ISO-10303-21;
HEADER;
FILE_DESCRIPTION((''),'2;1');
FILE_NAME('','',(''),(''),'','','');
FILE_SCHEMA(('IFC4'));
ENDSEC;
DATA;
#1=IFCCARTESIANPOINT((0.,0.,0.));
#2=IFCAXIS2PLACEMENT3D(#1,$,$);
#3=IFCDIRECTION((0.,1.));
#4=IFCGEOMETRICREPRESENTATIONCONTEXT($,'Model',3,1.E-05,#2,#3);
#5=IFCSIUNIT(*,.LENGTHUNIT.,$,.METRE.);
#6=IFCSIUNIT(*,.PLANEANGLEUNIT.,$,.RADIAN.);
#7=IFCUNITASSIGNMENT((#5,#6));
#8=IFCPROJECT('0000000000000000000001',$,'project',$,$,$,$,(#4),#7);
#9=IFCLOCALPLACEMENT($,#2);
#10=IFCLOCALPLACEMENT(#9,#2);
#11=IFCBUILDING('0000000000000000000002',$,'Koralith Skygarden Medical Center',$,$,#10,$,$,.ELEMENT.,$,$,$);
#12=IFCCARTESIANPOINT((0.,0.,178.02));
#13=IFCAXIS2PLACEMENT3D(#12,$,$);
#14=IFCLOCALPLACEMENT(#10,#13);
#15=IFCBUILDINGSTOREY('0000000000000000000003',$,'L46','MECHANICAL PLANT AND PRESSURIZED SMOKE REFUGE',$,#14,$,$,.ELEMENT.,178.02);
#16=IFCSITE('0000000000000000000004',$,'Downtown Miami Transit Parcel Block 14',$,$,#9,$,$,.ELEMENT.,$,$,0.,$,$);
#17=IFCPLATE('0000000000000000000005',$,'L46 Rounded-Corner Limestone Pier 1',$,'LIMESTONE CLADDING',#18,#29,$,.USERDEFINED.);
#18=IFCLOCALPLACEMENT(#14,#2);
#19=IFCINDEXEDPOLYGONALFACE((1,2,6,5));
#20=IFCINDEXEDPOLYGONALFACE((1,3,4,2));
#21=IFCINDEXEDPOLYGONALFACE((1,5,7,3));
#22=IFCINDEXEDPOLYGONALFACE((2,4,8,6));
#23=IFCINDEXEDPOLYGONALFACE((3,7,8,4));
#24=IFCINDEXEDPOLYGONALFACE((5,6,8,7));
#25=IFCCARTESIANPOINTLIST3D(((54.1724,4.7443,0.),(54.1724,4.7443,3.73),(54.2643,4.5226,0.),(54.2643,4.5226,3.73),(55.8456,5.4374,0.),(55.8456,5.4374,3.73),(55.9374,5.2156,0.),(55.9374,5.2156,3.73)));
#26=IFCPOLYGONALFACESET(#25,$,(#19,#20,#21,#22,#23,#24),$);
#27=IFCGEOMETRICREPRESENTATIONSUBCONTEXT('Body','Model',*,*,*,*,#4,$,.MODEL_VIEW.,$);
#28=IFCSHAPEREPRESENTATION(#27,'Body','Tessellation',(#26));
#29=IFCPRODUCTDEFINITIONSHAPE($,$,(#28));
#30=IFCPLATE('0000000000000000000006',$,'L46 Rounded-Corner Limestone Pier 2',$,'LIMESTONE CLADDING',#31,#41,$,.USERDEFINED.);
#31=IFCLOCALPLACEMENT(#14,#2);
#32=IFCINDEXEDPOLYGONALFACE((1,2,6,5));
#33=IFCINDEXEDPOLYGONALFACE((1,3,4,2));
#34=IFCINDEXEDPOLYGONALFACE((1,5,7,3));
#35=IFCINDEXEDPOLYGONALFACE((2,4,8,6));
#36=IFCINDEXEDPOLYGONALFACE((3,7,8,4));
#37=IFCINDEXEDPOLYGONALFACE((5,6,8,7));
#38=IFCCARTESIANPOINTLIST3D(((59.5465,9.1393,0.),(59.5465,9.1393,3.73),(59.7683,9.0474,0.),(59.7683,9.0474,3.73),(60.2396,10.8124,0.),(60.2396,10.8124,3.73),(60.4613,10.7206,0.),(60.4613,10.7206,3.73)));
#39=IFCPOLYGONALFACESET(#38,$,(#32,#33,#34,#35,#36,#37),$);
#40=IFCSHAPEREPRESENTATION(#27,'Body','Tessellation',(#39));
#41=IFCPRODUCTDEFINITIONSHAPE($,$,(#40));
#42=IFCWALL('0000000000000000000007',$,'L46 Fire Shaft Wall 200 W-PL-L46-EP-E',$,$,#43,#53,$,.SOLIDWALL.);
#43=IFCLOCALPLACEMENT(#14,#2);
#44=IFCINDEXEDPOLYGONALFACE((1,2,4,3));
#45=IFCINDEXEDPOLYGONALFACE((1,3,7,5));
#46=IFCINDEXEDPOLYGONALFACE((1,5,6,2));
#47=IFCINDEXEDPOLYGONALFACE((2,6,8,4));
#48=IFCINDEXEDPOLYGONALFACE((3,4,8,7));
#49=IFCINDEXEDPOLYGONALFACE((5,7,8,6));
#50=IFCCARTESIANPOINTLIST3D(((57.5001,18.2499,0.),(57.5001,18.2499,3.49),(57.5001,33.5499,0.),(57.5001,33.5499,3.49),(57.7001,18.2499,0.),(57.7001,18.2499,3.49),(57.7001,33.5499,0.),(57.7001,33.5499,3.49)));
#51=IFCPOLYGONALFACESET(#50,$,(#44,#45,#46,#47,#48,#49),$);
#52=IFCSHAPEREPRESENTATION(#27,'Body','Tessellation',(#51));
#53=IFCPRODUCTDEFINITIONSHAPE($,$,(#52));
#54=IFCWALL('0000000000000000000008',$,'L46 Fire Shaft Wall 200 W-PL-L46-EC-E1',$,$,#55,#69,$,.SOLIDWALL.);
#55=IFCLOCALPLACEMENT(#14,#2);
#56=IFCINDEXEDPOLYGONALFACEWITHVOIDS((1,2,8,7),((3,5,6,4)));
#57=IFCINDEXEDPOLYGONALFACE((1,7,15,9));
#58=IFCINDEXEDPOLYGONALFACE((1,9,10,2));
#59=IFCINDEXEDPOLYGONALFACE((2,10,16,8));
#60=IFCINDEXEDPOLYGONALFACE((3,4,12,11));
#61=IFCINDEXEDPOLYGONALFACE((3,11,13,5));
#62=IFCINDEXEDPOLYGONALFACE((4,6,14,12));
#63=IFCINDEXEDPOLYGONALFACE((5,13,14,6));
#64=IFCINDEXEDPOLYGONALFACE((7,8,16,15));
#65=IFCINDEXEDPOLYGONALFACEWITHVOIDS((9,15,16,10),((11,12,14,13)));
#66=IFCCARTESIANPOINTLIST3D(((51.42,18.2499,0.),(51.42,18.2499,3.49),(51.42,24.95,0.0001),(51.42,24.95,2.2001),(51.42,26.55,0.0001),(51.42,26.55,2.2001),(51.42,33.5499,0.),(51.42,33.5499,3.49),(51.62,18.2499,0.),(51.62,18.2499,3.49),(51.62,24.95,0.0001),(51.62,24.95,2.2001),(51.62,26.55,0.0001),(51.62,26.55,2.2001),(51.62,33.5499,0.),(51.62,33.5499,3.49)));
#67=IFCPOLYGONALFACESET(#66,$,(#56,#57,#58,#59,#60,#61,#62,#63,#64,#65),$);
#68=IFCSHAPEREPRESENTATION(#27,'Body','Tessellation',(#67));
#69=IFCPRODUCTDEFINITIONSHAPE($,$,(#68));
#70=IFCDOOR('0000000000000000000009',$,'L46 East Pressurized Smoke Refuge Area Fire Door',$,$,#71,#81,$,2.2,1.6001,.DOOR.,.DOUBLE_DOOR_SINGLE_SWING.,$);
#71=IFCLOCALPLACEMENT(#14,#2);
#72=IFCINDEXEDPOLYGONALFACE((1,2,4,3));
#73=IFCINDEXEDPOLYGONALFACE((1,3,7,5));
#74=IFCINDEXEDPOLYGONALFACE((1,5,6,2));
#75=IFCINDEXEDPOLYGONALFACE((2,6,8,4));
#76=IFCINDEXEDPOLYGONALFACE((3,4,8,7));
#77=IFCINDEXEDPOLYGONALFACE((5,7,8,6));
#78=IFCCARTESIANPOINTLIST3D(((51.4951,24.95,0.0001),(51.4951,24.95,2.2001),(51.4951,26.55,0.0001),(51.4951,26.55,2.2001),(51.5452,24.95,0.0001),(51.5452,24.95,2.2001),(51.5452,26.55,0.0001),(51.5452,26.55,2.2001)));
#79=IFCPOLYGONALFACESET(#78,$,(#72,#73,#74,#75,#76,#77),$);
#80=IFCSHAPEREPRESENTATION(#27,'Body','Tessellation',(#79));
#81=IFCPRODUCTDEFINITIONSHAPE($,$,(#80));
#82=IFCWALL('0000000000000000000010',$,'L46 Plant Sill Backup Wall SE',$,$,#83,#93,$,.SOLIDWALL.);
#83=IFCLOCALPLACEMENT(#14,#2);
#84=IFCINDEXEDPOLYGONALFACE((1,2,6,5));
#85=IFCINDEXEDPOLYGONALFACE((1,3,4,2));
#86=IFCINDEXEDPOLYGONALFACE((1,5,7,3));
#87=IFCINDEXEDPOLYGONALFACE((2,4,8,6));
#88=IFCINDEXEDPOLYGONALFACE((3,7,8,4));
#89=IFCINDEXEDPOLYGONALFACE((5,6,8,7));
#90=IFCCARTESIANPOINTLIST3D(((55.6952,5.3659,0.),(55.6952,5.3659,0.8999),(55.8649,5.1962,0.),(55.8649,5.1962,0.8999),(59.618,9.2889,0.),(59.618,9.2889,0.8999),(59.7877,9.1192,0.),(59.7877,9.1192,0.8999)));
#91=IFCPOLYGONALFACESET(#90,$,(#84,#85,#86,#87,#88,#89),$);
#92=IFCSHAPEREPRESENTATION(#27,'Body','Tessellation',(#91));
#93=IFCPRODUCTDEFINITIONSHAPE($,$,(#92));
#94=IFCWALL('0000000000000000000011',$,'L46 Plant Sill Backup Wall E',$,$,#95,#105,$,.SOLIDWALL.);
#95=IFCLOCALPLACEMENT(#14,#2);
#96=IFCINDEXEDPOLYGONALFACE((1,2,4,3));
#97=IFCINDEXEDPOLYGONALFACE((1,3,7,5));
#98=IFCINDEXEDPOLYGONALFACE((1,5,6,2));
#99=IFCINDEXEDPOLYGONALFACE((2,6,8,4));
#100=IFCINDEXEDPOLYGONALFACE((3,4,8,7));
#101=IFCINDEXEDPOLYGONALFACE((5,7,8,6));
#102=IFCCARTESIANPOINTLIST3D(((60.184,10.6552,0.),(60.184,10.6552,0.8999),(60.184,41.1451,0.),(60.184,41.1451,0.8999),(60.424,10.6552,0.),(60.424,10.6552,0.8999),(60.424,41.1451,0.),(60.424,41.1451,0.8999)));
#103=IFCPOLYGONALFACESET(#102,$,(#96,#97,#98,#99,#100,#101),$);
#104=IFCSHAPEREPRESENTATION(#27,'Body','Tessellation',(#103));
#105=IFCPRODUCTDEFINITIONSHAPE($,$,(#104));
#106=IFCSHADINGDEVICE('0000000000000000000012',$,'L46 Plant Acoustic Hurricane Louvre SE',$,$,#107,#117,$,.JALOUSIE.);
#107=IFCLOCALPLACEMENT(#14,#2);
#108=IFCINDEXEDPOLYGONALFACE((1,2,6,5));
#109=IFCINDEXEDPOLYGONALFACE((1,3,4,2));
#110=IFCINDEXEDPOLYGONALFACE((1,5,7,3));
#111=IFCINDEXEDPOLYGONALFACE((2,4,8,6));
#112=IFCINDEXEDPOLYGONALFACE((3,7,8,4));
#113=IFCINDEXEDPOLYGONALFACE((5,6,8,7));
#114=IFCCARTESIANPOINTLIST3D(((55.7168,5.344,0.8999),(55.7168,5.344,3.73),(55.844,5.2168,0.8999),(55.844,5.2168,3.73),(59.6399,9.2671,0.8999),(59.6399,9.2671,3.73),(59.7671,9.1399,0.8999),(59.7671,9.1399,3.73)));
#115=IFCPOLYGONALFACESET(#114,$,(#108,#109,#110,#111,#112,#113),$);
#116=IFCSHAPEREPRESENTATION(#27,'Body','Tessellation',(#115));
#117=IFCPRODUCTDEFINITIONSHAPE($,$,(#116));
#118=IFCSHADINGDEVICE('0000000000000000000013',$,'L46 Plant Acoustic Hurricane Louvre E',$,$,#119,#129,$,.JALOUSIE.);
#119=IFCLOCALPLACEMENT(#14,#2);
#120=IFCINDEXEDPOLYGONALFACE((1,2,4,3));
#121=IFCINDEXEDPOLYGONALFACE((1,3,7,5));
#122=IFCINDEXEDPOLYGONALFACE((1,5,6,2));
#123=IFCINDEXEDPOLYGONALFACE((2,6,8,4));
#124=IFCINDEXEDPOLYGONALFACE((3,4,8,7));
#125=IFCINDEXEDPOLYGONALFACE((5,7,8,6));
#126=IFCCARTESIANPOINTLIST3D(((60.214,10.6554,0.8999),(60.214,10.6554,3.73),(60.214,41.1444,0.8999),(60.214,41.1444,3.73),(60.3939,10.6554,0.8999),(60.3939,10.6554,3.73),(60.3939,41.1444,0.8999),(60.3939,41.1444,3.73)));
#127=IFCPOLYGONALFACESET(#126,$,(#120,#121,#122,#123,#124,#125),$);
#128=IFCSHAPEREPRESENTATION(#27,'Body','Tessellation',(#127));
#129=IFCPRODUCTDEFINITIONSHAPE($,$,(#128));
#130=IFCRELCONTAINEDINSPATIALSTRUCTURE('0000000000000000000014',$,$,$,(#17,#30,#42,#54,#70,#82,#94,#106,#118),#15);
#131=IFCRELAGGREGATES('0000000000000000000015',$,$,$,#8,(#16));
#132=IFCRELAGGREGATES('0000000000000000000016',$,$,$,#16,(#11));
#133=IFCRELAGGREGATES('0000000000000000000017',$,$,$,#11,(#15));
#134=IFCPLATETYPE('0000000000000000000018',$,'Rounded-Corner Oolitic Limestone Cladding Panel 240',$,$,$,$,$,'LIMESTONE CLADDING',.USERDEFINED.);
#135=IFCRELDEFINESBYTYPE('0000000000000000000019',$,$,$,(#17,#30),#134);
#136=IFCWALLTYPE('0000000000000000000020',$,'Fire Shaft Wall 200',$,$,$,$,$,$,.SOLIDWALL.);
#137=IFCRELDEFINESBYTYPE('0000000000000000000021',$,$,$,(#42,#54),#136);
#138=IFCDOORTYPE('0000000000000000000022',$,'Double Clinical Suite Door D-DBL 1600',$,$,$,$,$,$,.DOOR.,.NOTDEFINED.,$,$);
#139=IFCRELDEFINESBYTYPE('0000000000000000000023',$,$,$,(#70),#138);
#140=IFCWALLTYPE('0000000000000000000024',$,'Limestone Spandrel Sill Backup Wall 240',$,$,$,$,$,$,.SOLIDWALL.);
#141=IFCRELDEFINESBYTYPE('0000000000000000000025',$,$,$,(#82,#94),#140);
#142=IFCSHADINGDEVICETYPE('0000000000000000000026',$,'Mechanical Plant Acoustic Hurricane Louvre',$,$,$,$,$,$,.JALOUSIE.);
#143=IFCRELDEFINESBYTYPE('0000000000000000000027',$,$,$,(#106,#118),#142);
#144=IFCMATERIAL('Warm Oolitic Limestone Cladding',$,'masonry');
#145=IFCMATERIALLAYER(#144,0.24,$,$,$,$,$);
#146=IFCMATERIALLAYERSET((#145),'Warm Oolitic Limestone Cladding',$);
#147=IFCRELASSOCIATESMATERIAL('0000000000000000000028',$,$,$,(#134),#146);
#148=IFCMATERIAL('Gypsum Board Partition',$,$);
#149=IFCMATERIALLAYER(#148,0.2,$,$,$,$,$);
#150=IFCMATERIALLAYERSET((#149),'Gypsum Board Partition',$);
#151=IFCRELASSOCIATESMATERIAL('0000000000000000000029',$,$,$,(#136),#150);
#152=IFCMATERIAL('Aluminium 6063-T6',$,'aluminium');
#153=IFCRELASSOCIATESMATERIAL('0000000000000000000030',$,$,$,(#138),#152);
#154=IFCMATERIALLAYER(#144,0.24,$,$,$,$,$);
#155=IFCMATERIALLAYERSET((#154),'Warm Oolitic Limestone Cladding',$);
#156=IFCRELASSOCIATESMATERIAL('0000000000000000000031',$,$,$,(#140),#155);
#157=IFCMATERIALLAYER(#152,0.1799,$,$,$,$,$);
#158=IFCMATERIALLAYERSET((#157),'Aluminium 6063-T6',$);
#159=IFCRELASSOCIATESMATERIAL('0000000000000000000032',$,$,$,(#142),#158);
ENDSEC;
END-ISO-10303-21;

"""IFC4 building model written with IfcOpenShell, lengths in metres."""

from ifc_helpers import new_model, si_unit, direction, frame, frame_2d, origin, origin_2d, place, context, subcontext, project, spatial, rectangle, extrude, material, layer, layer_set, type_object, element, fill, save


model = new_model("IFC4")

# Units and contexts
model_context = context("Model", 3, precision=1e-05, world=origin(), true_north=direction((0.0, 1.0)))
body_context = subcontext(model_context, "Body", "Model", "MODEL_VIEW")
ifc_project = project(units=[si_unit("LENGTHUNIT", "METRE"), si_unit("PLANEANGLEUNIT", "RADIAN")], contexts=[model_context])

# Site, building, storey
site_placement = place(None, origin())
site = spatial("IfcSite", under=ifc_project, at=site_placement, Name="Downtown Miami Transit Parcel Block 14", CompositionType="ELEMENT", RefElevation=0.0)
building_placement = place(site_placement, origin())
building = spatial("IfcBuilding", under=site, at=building_placement, Name="Koralith Skygarden Medical Center", CompositionType="ELEMENT")
storey_placement = place(building_placement, frame((0.0, 0.0, 178.02)))
storey = spatial("IfcBuildingStorey", under=building, at=storey_placement, Name="L46", Description="MECHANICAL PLANT AND PRESSURIZED SMOKE REFUGE", CompositionType="ELEMENT", Elevation=178.02)

# Plates
ifc_material_1 = material(Name="Warm Oolitic Limestone Cladding", Category="masonry")
ifc_layer_1 = layer(ifc_material_1, 0.24)
ifc_layer_set_1 = layer_set([ifc_layer_1], Name="Warm Oolitic Limestone Cladding")
plate_type_1 = type_object("IfcPlateType", Name="Rounded-Corner Oolitic Limestone Cladding Panel 240", ElementType="LIMESTONE CLADDING", PredefinedType="USERDEFINED", material=ifc_layer_set_1)
for number, where, z_axis, x_axis, name in (
    (1, (55.0549, 4.98, 0.0), (0.0, 0.0, 1.0), (0.923885, 0.382671, 0.0), "L46 Rounded-Corner Limestone Pier 1"),
    (2, (60.0039, 9.9299, 0.0), (0.0, 0.0, 1.0), (0.382671, 0.923885, 0.0), "L46 Rounded-Corner Limestone Pier 2"),
):
    element("IfcPlate", number, at=place(storey_placement, frame(where, z_axis=z_axis, x_axis=x_axis)), inside=storey, type_object=plate_type_1, Name=name, ObjectType="LIMESTONE CLADDING", PredefinedType="USERDEFINED", context=body_context, shape_type="SweptSolid", body=[
        extrude(rectangle(XDim=1.811, YDim=0.24, at=origin_2d()), origin(), (0.0, 0.0, 1.0), 3.73),
    ])

# Wall
ifc_material_2 = material(Name="Gypsum Board Partition")
ifc_layer_2 = layer(ifc_material_2, 0.2)
ifc_layer_set_2 = layer_set([ifc_layer_2], Name="Gypsum Board Partition")
wall_type_1 = type_object("IfcWallType", Name="Fire Shaft Wall 200", PredefinedType="SOLIDWALL", material=ifc_layer_set_2)
wall_1_placement = place(storey_placement, frame((57.6001, 18.25, 0.0), z_axis=(0.0, 0.0, 1.0), x_axis=(0.0, 1.0, 0.0)))
element("IfcWall", 3, at=wall_1_placement, inside=storey, type_object=wall_type_1, Name="L46 Fire Shaft Wall 200 W-PL-L46-EP-E", PredefinedType="SOLIDWALL", context=body_context, shape_type="SweptSolid", body=[
    extrude(rectangle(XDim=15.3, YDim=0.2, at=frame_2d((7.6499, 0.0))), origin(), (0.0, 0.0, 1.0), 3.49),
])

# Wall, opening, door
wall_2_placement = place(storey_placement, frame((51.52, 18.25, 0.0), z_axis=(0.0, 0.0, 1.0), x_axis=(0.0, 1.0, 0.0)))
wall_2 = element("IfcWall", 4, at=wall_2_placement, inside=storey, type_object=wall_type_1, Name="L46 Fire Shaft Wall 200 W-PL-L46-EC-E1", PredefinedType="SOLIDWALL", context=body_context, shape_type="SweptSolid", body=[
    extrude(rectangle(XDim=15.3, YDim=0.2, at=frame_2d((7.6499, 0.0))), origin(), (0.0, 0.0, 1.0), 3.49),
])
opening_placement = place(wall_2_placement, frame((6.7, 0.0, 0.0)))
opening = element("IfcOpeningElement", 5, at=opening_placement, cuts=wall_2, PredefinedType="OPENING", context=body_context, shape_type="SweptSolid", body=[
    extrude(rectangle(XDim=1.6001, YDim=2.2, at=frame_2d((0.8, 1.1001))), frame((0.0, 0.1099, 0.0), z_axis=(0.0, -1.0, 0.0), x_axis=(1.0, 0.0, 0.0)), (0.0, 0.0, 1.0), 0.22),
])
ifc_material_3 = material(Name="Aluminium 6063-T6", Category="aluminium")
door_type = type_object("IfcDoorType", Name="Double Clinical Suite Door D-DBL 1600", OperationType="NOTDEFINED", PredefinedType="DOOR", material=ifc_material_3)
door_placement = place(opening_placement, origin())
door = element("IfcDoor", 6, at=door_placement, inside=storey, type_object=door_type, Name="L46 East Pressurized Smoke Refuge Area Fire Door", OperationType="DOUBLE_DOOR_SINGLE_SWING", OverallHeight=2.2, OverallWidth=1.6001, PredefinedType="DOOR", context=body_context, shape_type="SweptSolid", body=[
    extrude(rectangle(XDim=1.6001, YDim=2.2, at=frame_2d((0.8, 1.1001))), frame((0.0, 0.0249, 0.0), z_axis=(0.0, -1.0, 0.0), x_axis=(1.0, 0.0, 0.0)), (0.0, 0.0, 1.0), 0.05),
])
fill(opening, door)

# Walls
ifc_layer_3 = layer(ifc_material_1, 0.24)
ifc_layer_set_3 = layer_set([ifc_layer_3], Name="Warm Oolitic Limestone Cladding")
wall_type_2 = type_object("IfcWallType", Name="Limestone Spandrel Sill Backup Wall 240", PredefinedType="SOLIDWALL", material=ifc_layer_set_3)
wall_3_placement = place(storey_placement, frame((55.78, 5.281, 0.0), z_axis=(0.0, 0.0, 1.0), x_axis=(0.707085, 0.707129, 0.0)))
element("IfcWall", 7, at=wall_3_placement, inside=storey, type_object=wall_type_2, Name="L46 Plant Sill Backup Wall SE", PredefinedType="SOLIDWALL", context=body_context, shape_type="SweptSolid", body=[
    extrude(rectangle(XDim=5.5479, YDim=0.24, at=frame_2d((2.7739, 0.0))), origin(), (0.0, 0.0, 1.0), 0.8999),
])
wall_4_placement = place(storey_placement, frame((60.304, 10.655, 0.0), z_axis=(0.0, 0.0, 1.0), x_axis=(0.0, 1.0, 0.0)))
element("IfcWall", 8, at=wall_4_placement, inside=storey, type_object=wall_type_2, Name="L46 Plant Sill Backup Wall E", PredefinedType="SOLIDWALL", context=body_context, shape_type="SweptSolid", body=[
    extrude(rectangle(XDim=30.49, YDim=0.24, at=frame_2d((15.2451, 0.0))), origin(), (0.0, 0.0, 1.0), 0.8999),
])

# Shading devices
ifc_layer_4 = layer(ifc_material_3, 0.1799)
ifc_layer_set_4 = layer_set([ifc_layer_4], Name="Aluminium 6063-T6")
shading_device_type = type_object("IfcShadingDeviceType", Name="Mechanical Plant Acoustic Hurricane Louvre", PredefinedType="JALOUSIE", material=ifc_layer_set_4)
shading_device_1_placement = place(storey_placement, frame((57.7419, 7.2419, 0.8999), z_axis=(0.0, 0.0, 1.0), x_axis=(0.707107, 0.707107, 0.0)))
element("IfcShadingDevice", 9, at=shading_device_1_placement, inside=storey, type_object=shading_device_type, Name="L46 Plant Acoustic Hurricane Louvre SE", PredefinedType="JALOUSIE", context=body_context, shape_type="SweptSolid", body=[
    extrude(rectangle(XDim=5.5481, YDim=0.1799, at=origin_2d()), origin(), (0.0, 0.0, 1.0), 2.8301),
])
shading_device_2_placement = place(storey_placement, frame((60.304, 25.8999, 0.8999), z_axis=(0.0, 0.0, 1.0), x_axis=(0.0, 1.0, 0.0)))
element("IfcShadingDevice", 10, at=shading_device_2_placement, inside=storey, type_object=shading_device_type, Name="L46 Plant Acoustic Hurricane Louvre E", PredefinedType="JALOUSIE", context=body_context, shape_type="SweptSolid", body=[
    extrude(rectangle(XDim=30.489, YDim=0.1799, at=origin_2d()), origin(), (0.0, 0.0, 1.0), 2.8301),
])

save(model, "model.ifc")
